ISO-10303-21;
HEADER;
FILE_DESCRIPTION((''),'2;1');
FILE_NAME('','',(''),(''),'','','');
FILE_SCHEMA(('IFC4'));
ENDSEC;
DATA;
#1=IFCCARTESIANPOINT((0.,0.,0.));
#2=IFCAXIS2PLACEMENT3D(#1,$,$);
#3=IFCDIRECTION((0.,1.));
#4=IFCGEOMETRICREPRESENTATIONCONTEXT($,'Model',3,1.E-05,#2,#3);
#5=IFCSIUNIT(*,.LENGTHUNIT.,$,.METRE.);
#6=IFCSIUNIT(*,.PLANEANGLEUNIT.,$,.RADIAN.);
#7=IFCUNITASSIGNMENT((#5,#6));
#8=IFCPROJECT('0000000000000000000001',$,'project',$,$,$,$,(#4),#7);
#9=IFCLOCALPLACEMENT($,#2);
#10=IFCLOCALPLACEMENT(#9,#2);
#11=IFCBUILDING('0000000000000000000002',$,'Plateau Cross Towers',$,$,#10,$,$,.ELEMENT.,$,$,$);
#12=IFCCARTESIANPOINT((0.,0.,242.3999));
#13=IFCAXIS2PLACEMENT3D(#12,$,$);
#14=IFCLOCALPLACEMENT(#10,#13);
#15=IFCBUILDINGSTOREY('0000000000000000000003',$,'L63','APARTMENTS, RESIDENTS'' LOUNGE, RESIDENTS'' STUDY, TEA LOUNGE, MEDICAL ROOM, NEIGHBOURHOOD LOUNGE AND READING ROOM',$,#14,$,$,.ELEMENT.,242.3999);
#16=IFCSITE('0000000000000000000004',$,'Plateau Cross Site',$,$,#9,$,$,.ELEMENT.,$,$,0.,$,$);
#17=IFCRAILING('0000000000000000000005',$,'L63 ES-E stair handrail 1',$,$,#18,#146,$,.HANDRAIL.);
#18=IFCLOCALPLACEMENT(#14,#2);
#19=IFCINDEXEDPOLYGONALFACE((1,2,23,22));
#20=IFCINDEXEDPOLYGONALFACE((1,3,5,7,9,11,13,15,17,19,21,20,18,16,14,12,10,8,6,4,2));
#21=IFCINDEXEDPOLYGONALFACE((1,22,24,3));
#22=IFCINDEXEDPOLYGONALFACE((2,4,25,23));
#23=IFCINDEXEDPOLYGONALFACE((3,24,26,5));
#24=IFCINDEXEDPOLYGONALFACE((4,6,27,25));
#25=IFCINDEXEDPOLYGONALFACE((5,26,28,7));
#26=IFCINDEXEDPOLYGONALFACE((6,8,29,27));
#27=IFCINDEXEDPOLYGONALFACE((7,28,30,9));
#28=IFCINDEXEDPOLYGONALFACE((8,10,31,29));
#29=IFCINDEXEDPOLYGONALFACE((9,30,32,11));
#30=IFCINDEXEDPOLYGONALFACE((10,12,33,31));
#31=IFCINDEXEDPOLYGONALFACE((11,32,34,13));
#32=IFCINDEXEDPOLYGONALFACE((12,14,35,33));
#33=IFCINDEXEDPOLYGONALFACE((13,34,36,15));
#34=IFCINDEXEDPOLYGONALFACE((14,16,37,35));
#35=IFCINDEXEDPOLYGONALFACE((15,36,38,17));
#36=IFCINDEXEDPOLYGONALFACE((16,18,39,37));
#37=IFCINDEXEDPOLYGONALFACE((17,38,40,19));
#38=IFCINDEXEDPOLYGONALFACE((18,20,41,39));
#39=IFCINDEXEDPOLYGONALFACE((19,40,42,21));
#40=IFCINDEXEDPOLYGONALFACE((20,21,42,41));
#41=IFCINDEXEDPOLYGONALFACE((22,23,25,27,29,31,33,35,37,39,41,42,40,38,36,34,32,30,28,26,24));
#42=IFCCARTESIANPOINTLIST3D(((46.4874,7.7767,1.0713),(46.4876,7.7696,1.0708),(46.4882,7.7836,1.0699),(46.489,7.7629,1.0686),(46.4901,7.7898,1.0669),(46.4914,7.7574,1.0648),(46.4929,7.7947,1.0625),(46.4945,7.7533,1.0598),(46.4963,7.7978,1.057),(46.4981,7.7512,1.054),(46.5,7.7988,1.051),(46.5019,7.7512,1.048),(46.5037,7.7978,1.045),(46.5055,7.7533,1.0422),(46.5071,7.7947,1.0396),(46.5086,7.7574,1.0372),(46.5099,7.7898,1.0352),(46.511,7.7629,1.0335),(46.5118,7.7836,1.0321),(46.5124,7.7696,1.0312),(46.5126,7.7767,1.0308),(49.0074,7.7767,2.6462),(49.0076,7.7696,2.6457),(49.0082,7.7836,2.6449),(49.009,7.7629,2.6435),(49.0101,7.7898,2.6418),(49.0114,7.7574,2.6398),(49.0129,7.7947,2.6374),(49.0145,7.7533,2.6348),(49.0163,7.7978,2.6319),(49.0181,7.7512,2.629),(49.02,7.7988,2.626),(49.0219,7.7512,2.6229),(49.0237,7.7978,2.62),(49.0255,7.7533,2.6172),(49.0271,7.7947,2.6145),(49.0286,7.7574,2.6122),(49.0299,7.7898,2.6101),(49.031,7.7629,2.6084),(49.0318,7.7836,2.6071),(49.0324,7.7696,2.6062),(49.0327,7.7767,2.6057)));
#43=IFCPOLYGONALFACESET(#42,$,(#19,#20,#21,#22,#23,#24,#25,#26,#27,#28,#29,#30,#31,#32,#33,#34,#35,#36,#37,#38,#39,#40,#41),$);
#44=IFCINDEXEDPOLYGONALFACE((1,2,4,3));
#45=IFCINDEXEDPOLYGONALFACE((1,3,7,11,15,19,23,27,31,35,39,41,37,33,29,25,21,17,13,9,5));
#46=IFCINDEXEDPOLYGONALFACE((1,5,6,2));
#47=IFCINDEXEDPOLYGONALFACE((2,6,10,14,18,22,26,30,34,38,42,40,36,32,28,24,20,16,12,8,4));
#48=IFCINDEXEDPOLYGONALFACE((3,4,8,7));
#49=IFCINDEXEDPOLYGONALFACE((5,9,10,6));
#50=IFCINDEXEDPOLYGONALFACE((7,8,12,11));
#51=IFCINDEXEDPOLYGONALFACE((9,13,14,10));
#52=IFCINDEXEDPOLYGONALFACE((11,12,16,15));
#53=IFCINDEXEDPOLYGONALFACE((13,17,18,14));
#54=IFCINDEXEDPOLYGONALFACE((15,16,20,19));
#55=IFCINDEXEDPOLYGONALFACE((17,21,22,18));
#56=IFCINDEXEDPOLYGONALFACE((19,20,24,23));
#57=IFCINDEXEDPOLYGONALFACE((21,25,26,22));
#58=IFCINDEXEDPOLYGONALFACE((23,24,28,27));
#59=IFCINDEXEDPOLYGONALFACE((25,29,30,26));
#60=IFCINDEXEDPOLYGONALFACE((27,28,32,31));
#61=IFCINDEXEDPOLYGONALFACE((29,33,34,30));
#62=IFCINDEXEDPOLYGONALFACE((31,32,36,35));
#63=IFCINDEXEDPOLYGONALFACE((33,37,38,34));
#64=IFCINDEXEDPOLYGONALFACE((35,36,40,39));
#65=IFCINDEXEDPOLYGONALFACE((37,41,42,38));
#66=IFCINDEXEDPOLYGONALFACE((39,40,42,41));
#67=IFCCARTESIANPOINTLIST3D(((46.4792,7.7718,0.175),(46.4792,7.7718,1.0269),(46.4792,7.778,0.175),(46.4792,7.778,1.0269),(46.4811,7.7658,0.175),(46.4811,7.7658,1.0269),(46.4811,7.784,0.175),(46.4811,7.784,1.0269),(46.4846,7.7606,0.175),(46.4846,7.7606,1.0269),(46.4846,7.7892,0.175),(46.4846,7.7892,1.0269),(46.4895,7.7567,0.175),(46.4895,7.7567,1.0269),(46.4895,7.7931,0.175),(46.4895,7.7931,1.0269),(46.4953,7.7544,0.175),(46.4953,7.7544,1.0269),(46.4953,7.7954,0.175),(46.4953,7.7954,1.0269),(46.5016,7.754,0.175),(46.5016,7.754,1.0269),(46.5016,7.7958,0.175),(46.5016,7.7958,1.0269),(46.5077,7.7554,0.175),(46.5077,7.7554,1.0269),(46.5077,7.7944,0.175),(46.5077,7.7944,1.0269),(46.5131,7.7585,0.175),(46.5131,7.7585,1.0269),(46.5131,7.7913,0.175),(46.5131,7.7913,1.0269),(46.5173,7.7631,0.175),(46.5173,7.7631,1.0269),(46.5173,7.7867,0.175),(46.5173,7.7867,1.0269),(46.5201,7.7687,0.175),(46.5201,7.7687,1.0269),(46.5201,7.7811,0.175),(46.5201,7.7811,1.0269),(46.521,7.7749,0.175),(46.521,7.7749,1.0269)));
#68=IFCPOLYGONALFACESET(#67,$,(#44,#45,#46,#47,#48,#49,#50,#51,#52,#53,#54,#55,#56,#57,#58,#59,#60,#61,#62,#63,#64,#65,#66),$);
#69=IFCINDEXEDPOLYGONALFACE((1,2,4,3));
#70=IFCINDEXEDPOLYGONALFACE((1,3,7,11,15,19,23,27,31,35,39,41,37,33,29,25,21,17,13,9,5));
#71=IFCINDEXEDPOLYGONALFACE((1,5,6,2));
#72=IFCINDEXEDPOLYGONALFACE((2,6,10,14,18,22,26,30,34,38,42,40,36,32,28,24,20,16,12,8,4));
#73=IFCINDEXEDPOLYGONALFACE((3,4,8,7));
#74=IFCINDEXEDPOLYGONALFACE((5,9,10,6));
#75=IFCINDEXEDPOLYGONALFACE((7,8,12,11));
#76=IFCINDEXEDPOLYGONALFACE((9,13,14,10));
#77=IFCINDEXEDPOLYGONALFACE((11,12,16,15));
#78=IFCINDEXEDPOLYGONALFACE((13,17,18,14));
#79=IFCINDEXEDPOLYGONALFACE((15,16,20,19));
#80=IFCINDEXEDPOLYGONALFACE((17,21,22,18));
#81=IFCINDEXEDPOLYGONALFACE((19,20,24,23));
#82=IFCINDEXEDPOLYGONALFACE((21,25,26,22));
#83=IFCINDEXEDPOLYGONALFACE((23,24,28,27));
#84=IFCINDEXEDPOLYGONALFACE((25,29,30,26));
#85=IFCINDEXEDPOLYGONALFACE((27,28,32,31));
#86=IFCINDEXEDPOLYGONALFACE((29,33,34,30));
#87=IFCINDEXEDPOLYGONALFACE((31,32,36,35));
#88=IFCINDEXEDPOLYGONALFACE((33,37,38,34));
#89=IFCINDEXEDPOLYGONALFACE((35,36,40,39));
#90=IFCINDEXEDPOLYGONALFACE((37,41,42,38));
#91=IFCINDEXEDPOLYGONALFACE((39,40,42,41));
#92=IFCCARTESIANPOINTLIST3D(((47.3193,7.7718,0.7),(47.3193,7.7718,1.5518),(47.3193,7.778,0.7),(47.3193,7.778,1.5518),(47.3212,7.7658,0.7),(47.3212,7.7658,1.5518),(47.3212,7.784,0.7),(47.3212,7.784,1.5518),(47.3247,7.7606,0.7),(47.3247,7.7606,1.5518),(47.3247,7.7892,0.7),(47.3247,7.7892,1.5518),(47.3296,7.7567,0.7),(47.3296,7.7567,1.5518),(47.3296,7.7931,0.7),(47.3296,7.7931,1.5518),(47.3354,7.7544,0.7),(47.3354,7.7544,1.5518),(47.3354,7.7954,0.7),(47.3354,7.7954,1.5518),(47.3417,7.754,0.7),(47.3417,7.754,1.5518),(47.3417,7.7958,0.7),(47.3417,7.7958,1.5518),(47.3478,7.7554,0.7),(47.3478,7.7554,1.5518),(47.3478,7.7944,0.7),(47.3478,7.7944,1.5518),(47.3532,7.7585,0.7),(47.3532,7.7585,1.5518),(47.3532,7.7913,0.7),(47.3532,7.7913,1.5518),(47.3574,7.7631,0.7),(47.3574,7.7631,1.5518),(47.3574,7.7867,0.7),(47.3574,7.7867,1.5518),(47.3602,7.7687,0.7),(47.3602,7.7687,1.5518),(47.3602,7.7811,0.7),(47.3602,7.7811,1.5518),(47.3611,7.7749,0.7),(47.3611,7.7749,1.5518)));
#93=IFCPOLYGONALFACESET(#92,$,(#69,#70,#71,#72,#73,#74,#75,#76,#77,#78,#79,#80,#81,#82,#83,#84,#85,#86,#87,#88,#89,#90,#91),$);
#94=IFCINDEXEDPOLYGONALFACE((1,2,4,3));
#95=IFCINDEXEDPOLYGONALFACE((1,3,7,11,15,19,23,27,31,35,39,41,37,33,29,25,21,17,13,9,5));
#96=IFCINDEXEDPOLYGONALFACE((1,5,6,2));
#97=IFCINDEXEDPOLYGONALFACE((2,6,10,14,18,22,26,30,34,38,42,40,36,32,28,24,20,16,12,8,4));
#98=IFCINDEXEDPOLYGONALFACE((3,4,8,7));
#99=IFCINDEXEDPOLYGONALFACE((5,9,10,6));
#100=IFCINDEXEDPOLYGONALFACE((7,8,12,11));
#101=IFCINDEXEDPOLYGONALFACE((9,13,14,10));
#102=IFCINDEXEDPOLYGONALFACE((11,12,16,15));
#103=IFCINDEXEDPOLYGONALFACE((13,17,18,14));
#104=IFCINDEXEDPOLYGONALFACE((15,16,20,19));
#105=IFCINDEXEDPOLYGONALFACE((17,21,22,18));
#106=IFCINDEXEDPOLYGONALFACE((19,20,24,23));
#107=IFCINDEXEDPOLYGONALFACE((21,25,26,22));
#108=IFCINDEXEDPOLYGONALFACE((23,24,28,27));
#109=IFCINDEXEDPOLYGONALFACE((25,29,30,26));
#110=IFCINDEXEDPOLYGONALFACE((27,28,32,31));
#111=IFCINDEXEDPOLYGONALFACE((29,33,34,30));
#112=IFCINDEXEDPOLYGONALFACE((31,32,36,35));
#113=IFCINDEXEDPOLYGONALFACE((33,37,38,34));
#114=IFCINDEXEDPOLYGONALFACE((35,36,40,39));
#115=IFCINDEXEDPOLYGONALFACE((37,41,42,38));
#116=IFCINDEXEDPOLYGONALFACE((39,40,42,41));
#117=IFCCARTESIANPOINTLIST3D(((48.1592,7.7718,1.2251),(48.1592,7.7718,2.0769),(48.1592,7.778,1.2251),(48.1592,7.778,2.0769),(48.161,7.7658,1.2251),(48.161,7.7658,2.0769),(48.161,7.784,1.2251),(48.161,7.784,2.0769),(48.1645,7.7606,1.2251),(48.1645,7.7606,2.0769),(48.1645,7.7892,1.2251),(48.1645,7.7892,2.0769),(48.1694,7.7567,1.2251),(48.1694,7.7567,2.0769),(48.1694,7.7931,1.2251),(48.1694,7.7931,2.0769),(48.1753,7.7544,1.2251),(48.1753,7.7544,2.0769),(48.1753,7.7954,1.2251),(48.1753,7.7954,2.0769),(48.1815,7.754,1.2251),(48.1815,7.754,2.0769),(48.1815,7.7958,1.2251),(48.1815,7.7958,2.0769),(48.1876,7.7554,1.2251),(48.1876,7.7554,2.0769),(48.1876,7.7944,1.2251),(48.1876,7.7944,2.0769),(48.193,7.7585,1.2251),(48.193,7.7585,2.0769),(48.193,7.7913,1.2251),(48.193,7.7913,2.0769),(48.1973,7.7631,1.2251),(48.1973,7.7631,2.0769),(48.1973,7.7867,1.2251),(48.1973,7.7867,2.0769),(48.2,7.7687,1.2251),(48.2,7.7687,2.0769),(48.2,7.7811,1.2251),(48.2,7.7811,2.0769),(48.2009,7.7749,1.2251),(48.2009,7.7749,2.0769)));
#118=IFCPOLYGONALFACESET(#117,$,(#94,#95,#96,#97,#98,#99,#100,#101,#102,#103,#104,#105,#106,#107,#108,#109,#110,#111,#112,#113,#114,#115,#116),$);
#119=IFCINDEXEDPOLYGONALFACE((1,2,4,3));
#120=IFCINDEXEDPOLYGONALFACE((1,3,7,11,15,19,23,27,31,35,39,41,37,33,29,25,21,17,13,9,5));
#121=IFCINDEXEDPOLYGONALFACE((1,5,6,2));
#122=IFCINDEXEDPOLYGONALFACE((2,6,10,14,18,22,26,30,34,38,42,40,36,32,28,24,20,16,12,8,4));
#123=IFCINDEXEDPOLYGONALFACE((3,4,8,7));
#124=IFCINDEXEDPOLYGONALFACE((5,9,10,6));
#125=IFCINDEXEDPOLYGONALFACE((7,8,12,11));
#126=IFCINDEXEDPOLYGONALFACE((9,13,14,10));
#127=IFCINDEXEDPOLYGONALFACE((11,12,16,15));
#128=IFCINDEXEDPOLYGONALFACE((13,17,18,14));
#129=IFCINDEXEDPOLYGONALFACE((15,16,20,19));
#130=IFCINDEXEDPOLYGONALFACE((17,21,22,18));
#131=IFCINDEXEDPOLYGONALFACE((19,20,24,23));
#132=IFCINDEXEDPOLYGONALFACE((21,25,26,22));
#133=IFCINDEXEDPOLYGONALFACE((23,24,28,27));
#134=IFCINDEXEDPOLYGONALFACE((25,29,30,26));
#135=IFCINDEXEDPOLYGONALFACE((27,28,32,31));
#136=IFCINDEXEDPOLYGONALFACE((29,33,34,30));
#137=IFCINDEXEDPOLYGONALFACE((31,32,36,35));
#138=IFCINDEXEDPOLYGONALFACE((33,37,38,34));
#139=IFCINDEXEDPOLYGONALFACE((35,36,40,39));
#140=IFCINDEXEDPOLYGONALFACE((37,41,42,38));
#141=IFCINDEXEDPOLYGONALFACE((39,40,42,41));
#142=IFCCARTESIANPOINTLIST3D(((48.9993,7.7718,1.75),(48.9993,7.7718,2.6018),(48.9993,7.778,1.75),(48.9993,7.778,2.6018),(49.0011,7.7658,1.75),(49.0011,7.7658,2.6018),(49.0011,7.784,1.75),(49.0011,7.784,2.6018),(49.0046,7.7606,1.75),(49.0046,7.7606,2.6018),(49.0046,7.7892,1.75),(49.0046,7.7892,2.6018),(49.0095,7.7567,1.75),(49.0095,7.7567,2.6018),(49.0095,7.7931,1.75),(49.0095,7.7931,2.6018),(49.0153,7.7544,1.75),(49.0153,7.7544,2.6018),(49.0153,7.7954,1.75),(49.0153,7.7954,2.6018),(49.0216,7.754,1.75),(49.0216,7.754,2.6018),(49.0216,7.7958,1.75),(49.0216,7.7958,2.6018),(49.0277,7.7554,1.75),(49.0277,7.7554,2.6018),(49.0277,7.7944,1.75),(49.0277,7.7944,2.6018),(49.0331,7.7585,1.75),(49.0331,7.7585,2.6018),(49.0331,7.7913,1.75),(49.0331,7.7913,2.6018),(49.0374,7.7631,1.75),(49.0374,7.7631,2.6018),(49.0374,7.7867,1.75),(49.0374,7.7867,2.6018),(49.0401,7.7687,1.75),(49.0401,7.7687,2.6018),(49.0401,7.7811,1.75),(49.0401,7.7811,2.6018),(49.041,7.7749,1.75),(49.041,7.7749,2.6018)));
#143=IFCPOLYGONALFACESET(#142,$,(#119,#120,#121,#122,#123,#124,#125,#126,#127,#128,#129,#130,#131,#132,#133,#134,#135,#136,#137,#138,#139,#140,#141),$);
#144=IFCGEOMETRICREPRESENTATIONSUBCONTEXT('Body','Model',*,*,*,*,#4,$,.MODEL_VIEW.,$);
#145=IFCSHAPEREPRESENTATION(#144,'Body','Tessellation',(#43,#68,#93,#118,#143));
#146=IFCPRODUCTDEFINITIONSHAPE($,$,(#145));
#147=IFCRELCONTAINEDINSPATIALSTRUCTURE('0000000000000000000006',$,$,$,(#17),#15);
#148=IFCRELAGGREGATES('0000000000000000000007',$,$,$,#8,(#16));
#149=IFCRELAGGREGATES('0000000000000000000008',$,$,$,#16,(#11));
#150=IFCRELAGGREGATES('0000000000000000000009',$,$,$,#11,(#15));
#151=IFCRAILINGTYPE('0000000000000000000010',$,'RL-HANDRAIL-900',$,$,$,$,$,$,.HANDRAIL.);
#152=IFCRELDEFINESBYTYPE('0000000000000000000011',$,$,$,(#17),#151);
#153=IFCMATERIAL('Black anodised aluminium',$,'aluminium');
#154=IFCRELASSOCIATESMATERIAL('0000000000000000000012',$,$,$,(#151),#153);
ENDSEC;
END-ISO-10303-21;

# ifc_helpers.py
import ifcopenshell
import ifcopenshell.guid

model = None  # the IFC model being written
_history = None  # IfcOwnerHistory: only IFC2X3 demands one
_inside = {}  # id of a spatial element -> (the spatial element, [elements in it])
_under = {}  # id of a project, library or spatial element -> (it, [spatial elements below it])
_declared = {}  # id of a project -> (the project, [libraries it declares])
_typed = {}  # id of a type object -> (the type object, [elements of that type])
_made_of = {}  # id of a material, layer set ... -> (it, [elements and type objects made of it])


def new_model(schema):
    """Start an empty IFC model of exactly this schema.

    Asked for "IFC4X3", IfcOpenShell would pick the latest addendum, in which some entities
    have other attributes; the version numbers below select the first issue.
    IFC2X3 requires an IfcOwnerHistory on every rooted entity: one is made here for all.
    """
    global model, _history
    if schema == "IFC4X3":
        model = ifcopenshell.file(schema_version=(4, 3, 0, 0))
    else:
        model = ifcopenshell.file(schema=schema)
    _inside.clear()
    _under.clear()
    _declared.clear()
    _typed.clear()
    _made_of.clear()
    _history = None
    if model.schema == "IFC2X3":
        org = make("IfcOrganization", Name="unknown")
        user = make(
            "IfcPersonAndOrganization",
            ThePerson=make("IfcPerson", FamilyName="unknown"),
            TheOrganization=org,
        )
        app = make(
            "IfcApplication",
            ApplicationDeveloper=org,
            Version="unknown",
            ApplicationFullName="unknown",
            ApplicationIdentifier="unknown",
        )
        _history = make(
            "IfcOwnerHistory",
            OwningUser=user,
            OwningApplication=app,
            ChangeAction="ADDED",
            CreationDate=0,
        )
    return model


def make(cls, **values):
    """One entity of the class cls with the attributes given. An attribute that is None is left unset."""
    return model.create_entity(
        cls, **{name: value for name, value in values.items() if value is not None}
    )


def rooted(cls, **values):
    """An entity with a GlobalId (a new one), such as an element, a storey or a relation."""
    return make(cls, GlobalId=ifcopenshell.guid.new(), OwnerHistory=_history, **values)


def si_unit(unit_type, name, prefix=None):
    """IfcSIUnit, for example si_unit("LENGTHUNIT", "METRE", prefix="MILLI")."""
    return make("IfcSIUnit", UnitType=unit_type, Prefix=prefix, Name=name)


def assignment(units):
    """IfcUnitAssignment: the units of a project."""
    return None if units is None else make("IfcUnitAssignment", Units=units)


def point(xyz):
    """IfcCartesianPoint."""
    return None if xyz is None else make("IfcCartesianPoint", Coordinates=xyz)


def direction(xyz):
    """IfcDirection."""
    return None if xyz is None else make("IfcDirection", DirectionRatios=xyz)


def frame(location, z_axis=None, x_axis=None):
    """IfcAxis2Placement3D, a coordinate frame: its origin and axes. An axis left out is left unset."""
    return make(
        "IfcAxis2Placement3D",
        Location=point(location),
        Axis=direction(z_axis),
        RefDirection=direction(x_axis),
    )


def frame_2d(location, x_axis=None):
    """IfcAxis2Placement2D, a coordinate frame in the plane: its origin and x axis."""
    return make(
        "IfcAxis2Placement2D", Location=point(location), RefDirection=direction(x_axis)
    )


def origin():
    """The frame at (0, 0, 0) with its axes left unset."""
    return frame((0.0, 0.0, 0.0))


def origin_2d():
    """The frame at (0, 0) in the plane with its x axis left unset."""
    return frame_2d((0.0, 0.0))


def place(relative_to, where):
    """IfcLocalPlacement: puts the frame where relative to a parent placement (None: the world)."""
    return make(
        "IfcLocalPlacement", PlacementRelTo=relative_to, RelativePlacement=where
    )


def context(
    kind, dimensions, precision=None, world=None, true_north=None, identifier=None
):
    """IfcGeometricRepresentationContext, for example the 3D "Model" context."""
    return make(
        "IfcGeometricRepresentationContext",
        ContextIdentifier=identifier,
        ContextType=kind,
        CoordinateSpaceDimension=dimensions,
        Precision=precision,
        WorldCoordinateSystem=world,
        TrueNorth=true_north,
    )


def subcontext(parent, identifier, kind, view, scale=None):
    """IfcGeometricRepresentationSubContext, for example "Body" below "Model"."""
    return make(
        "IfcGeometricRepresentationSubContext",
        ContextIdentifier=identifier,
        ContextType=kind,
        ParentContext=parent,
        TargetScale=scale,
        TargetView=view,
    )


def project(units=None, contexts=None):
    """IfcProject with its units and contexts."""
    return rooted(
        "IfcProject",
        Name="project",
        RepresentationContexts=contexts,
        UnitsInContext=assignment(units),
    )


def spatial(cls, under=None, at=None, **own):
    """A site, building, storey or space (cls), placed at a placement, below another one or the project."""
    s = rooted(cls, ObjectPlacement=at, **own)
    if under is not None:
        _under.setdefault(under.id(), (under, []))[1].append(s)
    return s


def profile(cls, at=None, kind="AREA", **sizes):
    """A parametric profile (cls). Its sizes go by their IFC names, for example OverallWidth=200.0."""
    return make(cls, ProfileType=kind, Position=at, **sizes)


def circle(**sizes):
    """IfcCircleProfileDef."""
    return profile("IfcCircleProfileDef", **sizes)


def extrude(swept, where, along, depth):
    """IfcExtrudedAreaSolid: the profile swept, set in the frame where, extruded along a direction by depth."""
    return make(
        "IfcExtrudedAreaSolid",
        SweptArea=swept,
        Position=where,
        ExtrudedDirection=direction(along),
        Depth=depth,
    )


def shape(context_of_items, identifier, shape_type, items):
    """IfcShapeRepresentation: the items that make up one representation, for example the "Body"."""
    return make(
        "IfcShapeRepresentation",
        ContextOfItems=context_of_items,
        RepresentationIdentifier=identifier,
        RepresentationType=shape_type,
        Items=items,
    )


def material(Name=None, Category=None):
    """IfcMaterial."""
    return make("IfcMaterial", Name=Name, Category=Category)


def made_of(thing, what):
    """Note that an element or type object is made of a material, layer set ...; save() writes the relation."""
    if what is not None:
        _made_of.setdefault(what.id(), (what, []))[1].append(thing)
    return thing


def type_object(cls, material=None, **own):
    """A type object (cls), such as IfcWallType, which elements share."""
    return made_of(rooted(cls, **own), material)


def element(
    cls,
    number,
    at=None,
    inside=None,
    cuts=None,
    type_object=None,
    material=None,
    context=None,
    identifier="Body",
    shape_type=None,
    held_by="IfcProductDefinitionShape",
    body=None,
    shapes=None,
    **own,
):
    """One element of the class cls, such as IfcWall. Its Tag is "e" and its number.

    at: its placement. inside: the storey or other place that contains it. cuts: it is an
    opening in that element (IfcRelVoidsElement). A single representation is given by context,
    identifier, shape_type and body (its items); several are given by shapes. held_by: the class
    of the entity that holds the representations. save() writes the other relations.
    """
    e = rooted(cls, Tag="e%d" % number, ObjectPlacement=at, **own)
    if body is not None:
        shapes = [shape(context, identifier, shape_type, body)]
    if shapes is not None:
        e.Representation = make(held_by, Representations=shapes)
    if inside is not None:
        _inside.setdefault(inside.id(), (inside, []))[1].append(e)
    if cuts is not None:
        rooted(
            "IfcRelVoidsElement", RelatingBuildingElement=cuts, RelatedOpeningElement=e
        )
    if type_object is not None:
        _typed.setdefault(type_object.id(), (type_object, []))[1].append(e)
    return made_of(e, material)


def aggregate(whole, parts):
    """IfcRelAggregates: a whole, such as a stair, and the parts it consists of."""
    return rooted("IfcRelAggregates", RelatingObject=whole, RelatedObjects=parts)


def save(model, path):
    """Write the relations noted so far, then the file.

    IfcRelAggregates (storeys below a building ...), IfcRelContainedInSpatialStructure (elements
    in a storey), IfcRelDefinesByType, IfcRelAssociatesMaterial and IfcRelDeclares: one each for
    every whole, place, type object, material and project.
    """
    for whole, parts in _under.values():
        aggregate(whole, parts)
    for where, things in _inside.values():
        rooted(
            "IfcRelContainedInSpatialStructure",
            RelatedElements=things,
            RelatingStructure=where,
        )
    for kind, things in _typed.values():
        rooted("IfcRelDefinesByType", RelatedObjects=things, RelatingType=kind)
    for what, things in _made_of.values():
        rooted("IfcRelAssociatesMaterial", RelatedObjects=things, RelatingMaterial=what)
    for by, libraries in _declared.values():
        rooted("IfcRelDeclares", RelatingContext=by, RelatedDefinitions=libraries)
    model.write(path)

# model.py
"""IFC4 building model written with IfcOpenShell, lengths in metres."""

from ifc_helpers import new_model, si_unit, direction, frame, origin, origin_2d, place, context, subcontext, project, spatial, circle, extrude, material, type_object, element, save


model = new_model("IFC4")

# Units and contexts
model_context = context("Model", 3, precision=1e-05, world=origin(), true_north=direction((0.0, 1.0)))
body_context = subcontext(model_context, "Body", "Model", "MODEL_VIEW")
ifc_project = project(units=[si_unit("LENGTHUNIT", "METRE"), si_unit("PLANEANGLEUNIT", "RADIAN")], contexts=[model_context])

# Site, building, storey
site_placement = place(None, origin())
site = spatial("IfcSite", under=ifc_project, at=site_placement, Name="Plateau Cross Site", CompositionType="ELEMENT", RefElevation=0.0)
building_placement = place(site_placement, origin())
building = spatial("IfcBuilding", under=site, at=building_placement, Name="Plateau Cross Towers", CompositionType="ELEMENT")
storey_placement = place(building_placement, frame((0.0, 0.0, 242.3999)))
storey = spatial("IfcBuildingStorey", under=building, at=storey_placement, Name="L63", Description="APARTMENTS, RESIDENTS' LOUNGE, RESIDENTS' STUDY, TEA LOUNGE, MEDICAL ROOM, NEIGHBOURHOOD LOUNGE AND READING ROOM", CompositionType="ELEMENT", Elevation=242.3999)

# Shared definitions
ifc_material_1 = material(Name="Black anodised aluminium", Category="aluminium")

# Railing
railing_type_1 = type_object("IfcRailingType", Name="RL-HANDRAIL-900", PredefinedType="HANDRAIL", material=ifc_material_1)
railing_1_placement = place(storey_placement, frame((46.5, 7.7749, 0.175)))
element("IfcRailing", 1, at=railing_1_placement, inside=storey, type_object=railing_type_1, Name="L63 ES-E stair handrail 1", PredefinedType="HANDRAIL", context=body_context, shape_type="SweptSolid", body=[
    extrude(circle(Radius=0.0239, at=origin_2d()), frame((0.0, 0.0, 0.876), z_axis=(0.848008, 0.0, 0.529984), x_axis=(0.0, 1.0, 0.0)), (0.0, 0.0, 1.0), 2.9717),
    extrude(circle(Radius=0.021, at=origin_2d()), origin(), (0.0, 0.0, 1.0), 0.8518),
    extrude(circle(Radius=0.021, at=origin_2d()), frame((0.8401, 0.0, 0.5249)), (0.0, 0.0, 1.0), 0.8518),
    extrude(circle(Radius=0.021, at=origin_2d()), frame((1.6799, 0.0, 1.05)), (0.0, 0.0, 1.0), 0.8518),
    extrude(circle(Radius=0.021, at=origin_2d()), frame((2.52, 0.0, 1.575)), (0.0, 0.0, 1.0), 0.8518),
])

save(model, "model.ifc")
